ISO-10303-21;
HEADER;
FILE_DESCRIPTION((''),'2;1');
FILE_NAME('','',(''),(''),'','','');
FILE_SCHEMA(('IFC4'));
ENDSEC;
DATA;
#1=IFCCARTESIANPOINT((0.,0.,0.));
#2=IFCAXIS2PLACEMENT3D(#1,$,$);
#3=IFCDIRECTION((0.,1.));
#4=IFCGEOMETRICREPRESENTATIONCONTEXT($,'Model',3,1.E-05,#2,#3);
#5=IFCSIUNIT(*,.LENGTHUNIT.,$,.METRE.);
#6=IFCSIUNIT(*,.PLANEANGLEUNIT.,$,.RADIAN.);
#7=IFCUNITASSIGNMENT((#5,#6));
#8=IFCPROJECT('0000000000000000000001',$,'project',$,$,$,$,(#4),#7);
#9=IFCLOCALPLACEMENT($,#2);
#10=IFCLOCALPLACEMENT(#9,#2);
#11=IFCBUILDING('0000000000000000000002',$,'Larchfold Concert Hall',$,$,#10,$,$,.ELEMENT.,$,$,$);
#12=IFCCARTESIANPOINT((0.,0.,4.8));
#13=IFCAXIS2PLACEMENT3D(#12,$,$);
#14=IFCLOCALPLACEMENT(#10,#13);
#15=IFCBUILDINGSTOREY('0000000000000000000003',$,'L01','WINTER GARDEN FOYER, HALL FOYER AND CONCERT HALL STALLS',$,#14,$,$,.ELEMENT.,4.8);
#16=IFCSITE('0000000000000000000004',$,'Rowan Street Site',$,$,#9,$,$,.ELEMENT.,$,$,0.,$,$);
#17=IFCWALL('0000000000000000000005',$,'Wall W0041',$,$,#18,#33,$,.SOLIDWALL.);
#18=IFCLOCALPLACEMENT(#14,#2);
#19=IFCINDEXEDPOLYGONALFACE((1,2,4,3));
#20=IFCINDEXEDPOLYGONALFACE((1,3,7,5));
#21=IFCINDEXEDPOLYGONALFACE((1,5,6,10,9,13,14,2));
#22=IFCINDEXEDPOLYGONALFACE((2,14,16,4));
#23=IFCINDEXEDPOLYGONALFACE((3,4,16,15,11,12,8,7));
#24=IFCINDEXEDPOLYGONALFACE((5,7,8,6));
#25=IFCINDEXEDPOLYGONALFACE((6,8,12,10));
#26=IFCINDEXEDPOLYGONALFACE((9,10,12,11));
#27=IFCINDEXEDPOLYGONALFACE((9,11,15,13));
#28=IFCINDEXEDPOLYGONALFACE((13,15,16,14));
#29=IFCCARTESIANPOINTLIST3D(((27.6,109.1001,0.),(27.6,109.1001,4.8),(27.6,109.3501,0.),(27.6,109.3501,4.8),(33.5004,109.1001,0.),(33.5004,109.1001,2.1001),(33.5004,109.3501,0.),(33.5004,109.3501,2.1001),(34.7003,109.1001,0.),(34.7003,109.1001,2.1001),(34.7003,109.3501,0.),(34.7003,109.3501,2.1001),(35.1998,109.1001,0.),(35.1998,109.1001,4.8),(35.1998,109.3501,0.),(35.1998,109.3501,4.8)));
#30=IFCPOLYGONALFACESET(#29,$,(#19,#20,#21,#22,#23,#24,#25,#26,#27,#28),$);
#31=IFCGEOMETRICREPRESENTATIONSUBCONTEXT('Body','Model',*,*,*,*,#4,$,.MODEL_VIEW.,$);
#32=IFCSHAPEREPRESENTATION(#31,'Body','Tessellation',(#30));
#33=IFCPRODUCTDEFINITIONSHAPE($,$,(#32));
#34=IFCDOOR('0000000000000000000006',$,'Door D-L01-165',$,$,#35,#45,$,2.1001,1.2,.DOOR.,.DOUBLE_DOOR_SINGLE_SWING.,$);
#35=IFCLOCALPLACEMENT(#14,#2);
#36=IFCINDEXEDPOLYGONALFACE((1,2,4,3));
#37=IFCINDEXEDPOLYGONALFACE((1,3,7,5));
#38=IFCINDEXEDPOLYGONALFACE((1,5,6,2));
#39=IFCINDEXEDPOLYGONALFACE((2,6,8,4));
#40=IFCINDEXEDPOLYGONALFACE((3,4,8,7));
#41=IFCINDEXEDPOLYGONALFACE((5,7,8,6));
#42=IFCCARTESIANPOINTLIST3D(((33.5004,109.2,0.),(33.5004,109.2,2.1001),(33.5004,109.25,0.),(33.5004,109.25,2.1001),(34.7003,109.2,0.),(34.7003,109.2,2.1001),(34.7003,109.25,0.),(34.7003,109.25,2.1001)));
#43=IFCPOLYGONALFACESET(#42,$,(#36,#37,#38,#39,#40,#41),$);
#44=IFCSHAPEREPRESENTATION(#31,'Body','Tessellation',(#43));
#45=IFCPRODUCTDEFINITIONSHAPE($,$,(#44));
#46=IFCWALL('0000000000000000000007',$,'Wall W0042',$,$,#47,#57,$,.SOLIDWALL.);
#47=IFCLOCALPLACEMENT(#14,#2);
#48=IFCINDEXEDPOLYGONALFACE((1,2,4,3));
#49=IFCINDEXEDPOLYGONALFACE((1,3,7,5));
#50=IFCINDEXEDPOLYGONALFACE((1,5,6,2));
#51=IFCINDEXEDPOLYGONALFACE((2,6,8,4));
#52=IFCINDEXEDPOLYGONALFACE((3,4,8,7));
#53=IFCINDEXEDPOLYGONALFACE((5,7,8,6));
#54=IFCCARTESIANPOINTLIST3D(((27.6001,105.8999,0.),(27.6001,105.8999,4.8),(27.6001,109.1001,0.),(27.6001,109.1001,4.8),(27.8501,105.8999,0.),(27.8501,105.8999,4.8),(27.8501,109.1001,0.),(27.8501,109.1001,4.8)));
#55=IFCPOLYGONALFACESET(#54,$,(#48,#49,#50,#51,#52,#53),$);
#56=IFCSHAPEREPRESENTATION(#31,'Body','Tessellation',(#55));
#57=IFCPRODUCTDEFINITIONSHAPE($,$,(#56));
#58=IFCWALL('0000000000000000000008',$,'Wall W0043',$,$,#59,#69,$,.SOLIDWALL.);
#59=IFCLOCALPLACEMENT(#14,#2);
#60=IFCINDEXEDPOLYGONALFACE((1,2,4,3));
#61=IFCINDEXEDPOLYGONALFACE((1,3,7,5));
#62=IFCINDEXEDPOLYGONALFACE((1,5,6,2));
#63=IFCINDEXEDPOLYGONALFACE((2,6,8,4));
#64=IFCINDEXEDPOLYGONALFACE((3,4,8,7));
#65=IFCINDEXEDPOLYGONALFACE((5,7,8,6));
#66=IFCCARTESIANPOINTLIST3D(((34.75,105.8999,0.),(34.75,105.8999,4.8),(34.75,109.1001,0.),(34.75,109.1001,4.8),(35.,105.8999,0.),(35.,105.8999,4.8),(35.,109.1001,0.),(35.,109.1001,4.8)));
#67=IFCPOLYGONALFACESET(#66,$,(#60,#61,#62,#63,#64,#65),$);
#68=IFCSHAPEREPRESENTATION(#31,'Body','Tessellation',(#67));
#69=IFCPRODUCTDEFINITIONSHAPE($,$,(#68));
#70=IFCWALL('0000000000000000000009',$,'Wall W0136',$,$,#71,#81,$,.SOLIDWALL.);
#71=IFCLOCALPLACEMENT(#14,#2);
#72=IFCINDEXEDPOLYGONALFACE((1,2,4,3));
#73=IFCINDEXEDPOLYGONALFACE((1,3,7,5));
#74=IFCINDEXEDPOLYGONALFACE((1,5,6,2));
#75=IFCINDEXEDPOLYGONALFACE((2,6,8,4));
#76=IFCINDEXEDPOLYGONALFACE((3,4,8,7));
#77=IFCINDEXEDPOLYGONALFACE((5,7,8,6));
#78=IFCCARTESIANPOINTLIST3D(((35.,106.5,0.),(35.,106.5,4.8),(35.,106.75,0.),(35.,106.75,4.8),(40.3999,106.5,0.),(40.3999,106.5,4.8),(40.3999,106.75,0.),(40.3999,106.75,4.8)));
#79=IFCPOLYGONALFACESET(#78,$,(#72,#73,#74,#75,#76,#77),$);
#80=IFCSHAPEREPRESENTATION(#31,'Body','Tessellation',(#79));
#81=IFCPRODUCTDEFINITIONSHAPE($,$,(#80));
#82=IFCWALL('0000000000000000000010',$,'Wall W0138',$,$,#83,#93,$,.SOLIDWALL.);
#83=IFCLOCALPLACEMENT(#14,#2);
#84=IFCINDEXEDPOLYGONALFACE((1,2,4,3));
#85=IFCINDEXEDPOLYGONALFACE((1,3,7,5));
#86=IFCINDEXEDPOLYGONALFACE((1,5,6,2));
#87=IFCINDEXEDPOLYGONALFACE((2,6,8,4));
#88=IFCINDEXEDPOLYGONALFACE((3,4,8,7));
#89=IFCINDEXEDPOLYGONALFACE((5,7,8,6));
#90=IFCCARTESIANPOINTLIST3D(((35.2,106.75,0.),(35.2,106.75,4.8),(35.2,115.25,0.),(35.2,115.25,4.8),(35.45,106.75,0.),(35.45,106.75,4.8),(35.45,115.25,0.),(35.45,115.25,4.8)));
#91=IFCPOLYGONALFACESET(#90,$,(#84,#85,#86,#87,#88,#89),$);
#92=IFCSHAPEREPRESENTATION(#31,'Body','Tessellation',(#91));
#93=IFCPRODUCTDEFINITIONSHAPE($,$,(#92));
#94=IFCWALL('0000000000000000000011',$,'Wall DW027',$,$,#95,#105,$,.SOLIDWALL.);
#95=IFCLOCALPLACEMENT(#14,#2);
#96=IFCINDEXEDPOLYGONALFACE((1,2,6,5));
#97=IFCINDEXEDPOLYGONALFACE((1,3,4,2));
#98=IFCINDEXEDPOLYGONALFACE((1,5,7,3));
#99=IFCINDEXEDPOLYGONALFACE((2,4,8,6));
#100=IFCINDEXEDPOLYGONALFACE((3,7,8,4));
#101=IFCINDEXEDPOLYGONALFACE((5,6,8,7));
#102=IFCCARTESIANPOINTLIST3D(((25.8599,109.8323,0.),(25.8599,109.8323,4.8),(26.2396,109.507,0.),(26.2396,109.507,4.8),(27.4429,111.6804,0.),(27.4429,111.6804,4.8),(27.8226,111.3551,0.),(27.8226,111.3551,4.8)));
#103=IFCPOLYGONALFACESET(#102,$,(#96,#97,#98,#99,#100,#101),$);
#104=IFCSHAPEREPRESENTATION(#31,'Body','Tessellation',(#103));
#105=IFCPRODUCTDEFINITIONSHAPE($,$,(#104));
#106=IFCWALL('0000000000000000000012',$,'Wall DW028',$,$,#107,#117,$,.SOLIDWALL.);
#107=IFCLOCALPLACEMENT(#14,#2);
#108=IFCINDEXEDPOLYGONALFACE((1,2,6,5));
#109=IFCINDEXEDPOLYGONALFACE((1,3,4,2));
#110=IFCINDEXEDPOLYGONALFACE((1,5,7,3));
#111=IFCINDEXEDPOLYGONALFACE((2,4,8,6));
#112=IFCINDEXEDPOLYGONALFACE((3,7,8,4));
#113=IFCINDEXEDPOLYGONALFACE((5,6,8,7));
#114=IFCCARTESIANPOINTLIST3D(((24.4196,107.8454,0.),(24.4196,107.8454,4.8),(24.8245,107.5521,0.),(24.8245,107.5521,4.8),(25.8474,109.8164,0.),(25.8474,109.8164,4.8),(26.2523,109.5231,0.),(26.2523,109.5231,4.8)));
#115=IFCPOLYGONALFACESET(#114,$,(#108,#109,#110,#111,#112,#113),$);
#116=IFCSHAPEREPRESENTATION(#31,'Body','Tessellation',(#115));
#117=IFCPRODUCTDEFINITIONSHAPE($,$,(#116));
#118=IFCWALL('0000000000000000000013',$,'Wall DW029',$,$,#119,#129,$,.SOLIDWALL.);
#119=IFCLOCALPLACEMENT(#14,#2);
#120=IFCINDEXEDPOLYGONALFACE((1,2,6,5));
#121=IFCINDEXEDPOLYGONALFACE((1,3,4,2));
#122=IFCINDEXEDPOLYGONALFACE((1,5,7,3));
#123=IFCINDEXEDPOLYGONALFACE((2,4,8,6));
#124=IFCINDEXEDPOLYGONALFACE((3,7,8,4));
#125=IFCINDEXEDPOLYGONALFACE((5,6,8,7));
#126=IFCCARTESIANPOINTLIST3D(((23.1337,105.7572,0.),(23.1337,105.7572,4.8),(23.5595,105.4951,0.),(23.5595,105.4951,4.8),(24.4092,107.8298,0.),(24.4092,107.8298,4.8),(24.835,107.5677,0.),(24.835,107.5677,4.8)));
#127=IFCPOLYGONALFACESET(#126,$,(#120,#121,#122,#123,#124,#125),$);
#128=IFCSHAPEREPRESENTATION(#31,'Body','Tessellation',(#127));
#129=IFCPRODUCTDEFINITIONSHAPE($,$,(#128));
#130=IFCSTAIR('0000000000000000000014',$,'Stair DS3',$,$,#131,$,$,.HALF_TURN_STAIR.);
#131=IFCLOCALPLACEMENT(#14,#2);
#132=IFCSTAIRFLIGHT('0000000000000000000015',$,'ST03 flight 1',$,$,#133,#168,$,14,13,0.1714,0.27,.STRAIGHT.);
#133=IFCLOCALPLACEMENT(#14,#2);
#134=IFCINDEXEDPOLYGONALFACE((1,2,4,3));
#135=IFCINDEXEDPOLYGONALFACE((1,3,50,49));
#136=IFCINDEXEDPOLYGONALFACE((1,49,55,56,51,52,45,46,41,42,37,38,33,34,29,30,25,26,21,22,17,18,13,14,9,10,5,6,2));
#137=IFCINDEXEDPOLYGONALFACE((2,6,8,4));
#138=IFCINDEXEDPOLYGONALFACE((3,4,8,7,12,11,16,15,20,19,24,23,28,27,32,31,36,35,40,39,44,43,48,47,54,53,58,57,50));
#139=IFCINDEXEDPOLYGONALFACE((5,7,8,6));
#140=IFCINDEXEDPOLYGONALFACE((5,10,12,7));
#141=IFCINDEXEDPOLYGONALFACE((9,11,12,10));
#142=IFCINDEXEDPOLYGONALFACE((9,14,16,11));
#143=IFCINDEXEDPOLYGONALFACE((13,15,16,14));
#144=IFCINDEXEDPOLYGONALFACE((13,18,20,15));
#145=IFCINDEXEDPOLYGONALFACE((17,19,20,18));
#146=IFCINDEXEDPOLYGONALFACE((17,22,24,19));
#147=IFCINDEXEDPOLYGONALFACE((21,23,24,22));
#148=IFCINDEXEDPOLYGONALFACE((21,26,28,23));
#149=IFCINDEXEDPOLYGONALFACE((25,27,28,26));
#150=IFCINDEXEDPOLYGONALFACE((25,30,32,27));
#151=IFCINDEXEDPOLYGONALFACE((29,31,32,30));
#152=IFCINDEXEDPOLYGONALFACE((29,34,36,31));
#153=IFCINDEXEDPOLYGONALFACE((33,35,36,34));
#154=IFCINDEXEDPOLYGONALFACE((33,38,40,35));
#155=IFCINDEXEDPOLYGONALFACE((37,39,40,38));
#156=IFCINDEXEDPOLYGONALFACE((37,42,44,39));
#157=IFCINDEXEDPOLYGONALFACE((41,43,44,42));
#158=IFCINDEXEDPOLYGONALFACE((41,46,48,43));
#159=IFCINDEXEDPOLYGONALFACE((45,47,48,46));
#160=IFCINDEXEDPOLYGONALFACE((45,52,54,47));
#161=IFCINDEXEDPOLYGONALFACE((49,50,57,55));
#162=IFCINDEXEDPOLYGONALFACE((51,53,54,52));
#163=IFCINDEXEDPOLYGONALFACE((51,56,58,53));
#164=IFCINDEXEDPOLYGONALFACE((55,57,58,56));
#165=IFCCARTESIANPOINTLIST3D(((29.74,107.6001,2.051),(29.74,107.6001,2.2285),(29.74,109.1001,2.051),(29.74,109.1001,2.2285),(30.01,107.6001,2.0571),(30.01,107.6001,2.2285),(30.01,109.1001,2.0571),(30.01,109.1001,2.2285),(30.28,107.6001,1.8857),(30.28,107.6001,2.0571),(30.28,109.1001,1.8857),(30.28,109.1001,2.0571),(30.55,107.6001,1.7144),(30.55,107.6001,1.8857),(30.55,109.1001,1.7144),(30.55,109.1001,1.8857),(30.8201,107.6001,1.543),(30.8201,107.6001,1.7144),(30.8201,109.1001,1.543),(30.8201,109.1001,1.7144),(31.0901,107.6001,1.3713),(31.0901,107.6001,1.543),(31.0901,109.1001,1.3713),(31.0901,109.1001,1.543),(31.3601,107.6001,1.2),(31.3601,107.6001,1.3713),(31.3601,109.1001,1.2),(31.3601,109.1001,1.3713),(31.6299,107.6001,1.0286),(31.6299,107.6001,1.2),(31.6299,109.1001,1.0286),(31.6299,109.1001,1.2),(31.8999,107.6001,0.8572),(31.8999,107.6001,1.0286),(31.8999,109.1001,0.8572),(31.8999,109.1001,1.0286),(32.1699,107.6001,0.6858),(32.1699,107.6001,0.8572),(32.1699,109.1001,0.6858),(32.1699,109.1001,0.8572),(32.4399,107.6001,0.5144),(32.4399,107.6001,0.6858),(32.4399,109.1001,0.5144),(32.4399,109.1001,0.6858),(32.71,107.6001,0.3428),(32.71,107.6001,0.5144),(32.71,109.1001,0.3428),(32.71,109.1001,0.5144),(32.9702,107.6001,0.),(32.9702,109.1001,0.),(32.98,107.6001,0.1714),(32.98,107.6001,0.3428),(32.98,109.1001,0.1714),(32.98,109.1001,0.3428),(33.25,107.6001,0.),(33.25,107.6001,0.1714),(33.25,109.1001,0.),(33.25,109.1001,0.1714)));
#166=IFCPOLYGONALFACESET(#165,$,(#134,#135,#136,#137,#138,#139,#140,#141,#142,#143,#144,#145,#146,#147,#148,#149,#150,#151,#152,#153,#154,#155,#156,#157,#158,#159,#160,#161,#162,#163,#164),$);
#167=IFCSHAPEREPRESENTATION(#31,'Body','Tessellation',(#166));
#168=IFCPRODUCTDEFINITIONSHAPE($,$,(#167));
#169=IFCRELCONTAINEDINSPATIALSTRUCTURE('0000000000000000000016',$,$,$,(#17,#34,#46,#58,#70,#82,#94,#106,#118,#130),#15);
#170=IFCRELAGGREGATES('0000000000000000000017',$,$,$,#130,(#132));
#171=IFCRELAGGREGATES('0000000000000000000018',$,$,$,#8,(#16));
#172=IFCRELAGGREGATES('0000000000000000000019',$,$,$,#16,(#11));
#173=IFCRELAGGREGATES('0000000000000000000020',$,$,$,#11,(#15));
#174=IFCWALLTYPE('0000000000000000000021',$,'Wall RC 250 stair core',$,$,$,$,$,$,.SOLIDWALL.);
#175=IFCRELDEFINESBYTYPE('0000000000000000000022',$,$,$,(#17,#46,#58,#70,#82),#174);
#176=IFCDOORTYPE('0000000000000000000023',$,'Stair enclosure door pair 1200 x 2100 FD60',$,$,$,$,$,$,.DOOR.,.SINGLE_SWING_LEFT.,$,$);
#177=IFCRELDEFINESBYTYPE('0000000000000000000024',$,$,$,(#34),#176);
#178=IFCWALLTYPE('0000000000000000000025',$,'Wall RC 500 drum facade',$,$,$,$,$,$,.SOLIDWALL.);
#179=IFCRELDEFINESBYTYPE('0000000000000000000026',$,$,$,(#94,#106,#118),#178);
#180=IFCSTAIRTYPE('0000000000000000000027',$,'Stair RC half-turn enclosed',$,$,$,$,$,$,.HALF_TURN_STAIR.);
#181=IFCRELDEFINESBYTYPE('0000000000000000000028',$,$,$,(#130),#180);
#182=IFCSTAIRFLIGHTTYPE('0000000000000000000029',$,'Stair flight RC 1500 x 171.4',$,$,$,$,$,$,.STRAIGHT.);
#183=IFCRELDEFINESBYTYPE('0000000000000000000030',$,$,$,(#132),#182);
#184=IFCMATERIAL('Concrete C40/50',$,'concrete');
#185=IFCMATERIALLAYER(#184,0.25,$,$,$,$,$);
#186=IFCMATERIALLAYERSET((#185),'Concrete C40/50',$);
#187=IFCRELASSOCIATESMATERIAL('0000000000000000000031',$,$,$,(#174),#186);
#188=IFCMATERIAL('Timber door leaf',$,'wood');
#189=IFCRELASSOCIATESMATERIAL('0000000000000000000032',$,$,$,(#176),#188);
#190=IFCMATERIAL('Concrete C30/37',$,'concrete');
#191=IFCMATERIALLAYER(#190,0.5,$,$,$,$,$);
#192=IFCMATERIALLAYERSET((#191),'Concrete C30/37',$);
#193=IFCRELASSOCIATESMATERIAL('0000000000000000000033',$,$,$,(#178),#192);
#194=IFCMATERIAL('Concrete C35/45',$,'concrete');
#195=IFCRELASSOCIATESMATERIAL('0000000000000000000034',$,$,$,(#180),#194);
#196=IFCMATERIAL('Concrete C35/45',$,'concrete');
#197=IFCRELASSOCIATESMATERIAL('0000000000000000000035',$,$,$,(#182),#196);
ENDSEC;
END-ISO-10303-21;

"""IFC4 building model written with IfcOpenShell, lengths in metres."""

from ifc_helpers import new_model, si_unit, direction, frame, frame_2d, origin, place, context, subcontext, project, spatial, polyline, rectangle, outline, extrude, material, layer, layer_set, type_object, element, fill, aggregate, save


model = new_model("IFC4")

# Units and contexts
model_context = context("Model", 3, precision=1e-05, world=origin(), true_north=direction((0.0, 1.0)))
body_context = subcontext(model_context, "Body", "Model", "MODEL_VIEW")
ifc_project = project(units=[si_unit("LENGTHUNIT", "METRE"), si_unit("PLANEANGLEUNIT", "RADIAN")], contexts=[model_context])

# Site, building, storey
site_placement = place(None, origin())
site = spatial("IfcSite", under=ifc_project, at=site_placement, Name="Rowan Street Site", CompositionType="ELEMENT", RefElevation=0.0)
building_placement = place(site_placement, origin())
building = spatial("IfcBuilding", under=site, at=building_placement, Name="Larchfold Concert Hall", CompositionType="ELEMENT")
storey_placement = place(building_placement, frame((0.0, 0.0, 4.8)))
storey = spatial("IfcBuildingStorey", under=building, at=storey_placement, Name="L01", Description="WINTER GARDEN FOYER, HALL FOYER AND CONCERT HALL STALLS", CompositionType="ELEMENT", Elevation=4.8)

# Shared definitions
ifc_material_1 = material(Name="Concrete C40/50", Category="concrete")
ifc_layer_1 = layer(ifc_material_1, 0.25)
ifc_layer_set_1 = layer_set([ifc_layer_1], Name="Concrete C40/50")
wall_type_1 = type_object("IfcWallType", Name="Wall RC 250 stair core", PredefinedType="SOLIDWALL", material=ifc_layer_set_1)

# Wall, opening, door
wall_1_placement = place(storey_placement, frame((27.6001, 109.2251, 0.0), z_axis=(0.0, 0.0, 1.0), x_axis=(1.0, 0.0, 0.0)))
wall_1 = element("IfcWall", 1, at=wall_1_placement, inside=storey, type_object=wall_type_1, Name="Wall W0041", PredefinedType="SOLIDWALL", context=body_context, shape_type="SweptSolid", body=[
    extrude(rectangle(XDim=7.5999, YDim=0.25, at=frame_2d((3.7998, 0.0))), origin(), (0.0, 0.0, 1.0), 4.8),
])
opening_1_placement = place(wall_1_placement, frame((5.9001, 0.0, 0.0)))
opening_1 = element("IfcOpeningElement", 2, at=opening_1_placement, cuts=wall_1, PredefinedType="OPENING", context=body_context, shape_type="SweptSolid", body=[
    extrude(rectangle(XDim=1.2, YDim=2.1001, at=frame_2d((0.6001, 1.05))), frame((0.0, 0.135, 0.0), z_axis=(0.0, -1.0, 0.0), x_axis=(1.0, 0.0, 0.0)), (0.0, 0.0, 1.0), 0.27),
])
ifc_material_2 = material(Name="Timber door leaf", Category="wood")
door_type_1 = type_object("IfcDoorType", Name="Stair enclosure door pair 1200 x 2100 FD60", OperationType="SINGLE_SWING_LEFT", PredefinedType="DOOR", material=ifc_material_2)
door_1_placement = place(opening_1_placement, origin())
door_1 = element("IfcDoor", 3, at=door_1_placement, inside=storey, type_object=door_type_1, Name="Door D-L01-165", OperationType="DOUBLE_DOOR_SINGLE_SWING", OverallHeight=2.1001, OverallWidth=1.2, PredefinedType="DOOR", context=body_context, shape_type="SweptSolid", body=[
    extrude(rectangle(XDim=1.2, YDim=2.1001, at=frame_2d((0.6001, 1.05))), frame((0.0, 0.0249, 0.0), z_axis=(0.0, -1.0, 0.0), x_axis=(1.0, 0.0, 0.0)), (0.0, 0.0, 1.0), 0.05),
])
fill(opening_1, door_1)

# Walls
for number, where, z_axis, x_axis, name in (
    (4, (27.7251, 105.8999, 0.0), (0.0, 0.0, 1.0), (0.0, 1.0, 0.0), "Wall W0042"),
    (5, (34.875, 105.8999, 0.0), (0.0, 0.0, 1.0), (0.0, 1.0, 0.0), "Wall W0043"),
):
    element("IfcWall", number, at=place(storey_placement, frame(where, z_axis=z_axis, x_axis=x_axis)), inside=storey, type_object=wall_type_1, Name=name, PredefinedType="SOLIDWALL", context=body_context, shape_type="SweptSolid", body=[
        extrude(rectangle(XDim=3.2002, YDim=0.25, at=frame_2d((1.6001, 0.0))), origin(), (0.0, 0.0, 1.0), 4.8),
    ])
wall_2_placement = place(storey_placement, frame((35.0, 106.625, 0.0), z_axis=(0.0, 0.0, 1.0), x_axis=(1.0, 0.0, 0.0)))
element("IfcWall", 6, at=wall_2_placement, inside=storey, type_object=wall_type_1, Name="Wall W0136", PredefinedType="SOLIDWALL", context=body_context, shape_type="SweptSolid", body=[
    extrude(rectangle(XDim=5.3999, YDim=0.25, at=frame_2d((2.7, 0.0))), origin(), (0.0, 0.0, 1.0), 4.8),
])
wall_3_placement = place(storey_placement, frame((35.325, 106.75, 0.0), z_axis=(0.0, 0.0, 1.0), x_axis=(0.0, 1.0, 0.0)))
element("IfcWall", 7, at=wall_3_placement, inside=storey, type_object=wall_type_1, Name="Wall W0138", PredefinedType="SOLIDWALL", context=body_context, shape_type="SweptSolid", body=[
    extrude(rectangle(XDim=8.5, YDim=0.25, at=frame_2d((4.25, 0.0))), origin(), (0.0, 0.0, 1.0), 4.8),
])
ifc_material_3 = material(Name="Concrete C30/37", Category="concrete")
ifc_layer_2 = layer(ifc_material_3, 0.5)
ifc_layer_set_2 = layer_set([ifc_layer_2], Name="Concrete C30/37")
wall_type_2 = type_object("IfcWallType", Name="Wall RC 500 drum facade", PredefinedType="SOLIDWALL", material=ifc_layer_set_2)
wall_4_placement = place(storey_placement, frame((27.6328, 111.5178, 0.0), z_axis=(0.0, 0.0, 1.0), x_axis=(-0.650527, -0.759483, 0.0)))
element("IfcWall", 8, at=wall_4_placement, inside=storey, type_object=wall_type_2, Name="Wall DW027", PredefinedType="SOLIDWALL", context=body_context, shape_type="SweptSolid", body=[
    extrude(rectangle(XDim=2.4333, YDim=0.5, at=frame_2d((1.2168, 0.0))), origin(), (0.0, 0.0, 1.0), 4.8),
])
wall_5_placement = place(storey_placement, frame((26.0498, 109.6697, 0.0), z_axis=(0.0, 0.0, 1.0), x_axis=(-0.586644, -0.809845, 0.0)))
element("IfcWall", 9, at=wall_5_placement, inside=storey, type_object=wall_type_2, Name="Wall DW028", PredefinedType="SOLIDWALL", context=body_context, shape_type="SweptSolid", body=[
    extrude(rectangle(XDim=2.4338, YDim=0.5, at=frame_2d((1.2168, 0.0))), origin(), (0.0, 0.0, 1.0), 4.8),
])
wall_6_placement = place(storey_placement, frame((24.6221, 107.6987, 0.0), z_axis=(0.0, 0.0, 1.0), x_axis=(-0.524097, -0.851658, 0.0)))
element("IfcWall", 10, at=wall_6_placement, inside=storey, type_object=wall_type_2, Name="Wall DW029", PredefinedType="SOLIDWALL", context=body_context, shape_type="SweptSolid", body=[
    extrude(rectangle(XDim=2.4336, YDim=0.5, at=frame_2d((1.2168, 0.0))), origin(), (0.0, 0.0, 1.0), 4.8),
])

# Stair, stair flight
ifc_material_4 = material(Name="Concrete C35/45", Category="concrete")
stair_type = type_object("IfcStairType", Name="Stair RC half-turn enclosed", PredefinedType="HALF_TURN_STAIR", material=ifc_material_4)
stair_placement = place(storey_placement, origin())
stair = element("IfcStair", 11, at=stair_placement, inside=storey, type_object=stair_type, Name="Stair DS3", PredefinedType="HALF_TURN_STAIR")
ifc_material_5 = material(Name="Concrete C35/45", Category="concrete")
stair_flight_type = type_object("IfcStairFlightType", Name="Stair flight RC 1500 x 171.4", PredefinedType="STRAIGHT", material=ifc_material_5)
stair_flight_1_placement = place(storey_placement, frame((33.25, 108.3501, 0.0), z_axis=(0.0, 0.0, 1.0), x_axis=(-1.0, 0.0, 0.0)))
stair_flight_1 = element("IfcStairFlight", 12, at=stair_flight_1_placement, type_object=stair_flight_type, Name="ST03 flight 1", NumberOfRisers=14, NumberOfTreads=13, PredefinedType="STRAIGHT", RiserHeight=0.1714, TreadLength=0.27, context=body_context, shape_type="SweptSolid", body=[
    extrude(outline(polyline([(0.0, 0.0), (0.0, 0.1714), (0.27, 0.1714), (0.27, 0.3428), (0.54, 0.3428), (0.54, 0.5144), (0.8101, 0.5144), (0.8101, 0.6858), (1.0801, 0.6858), (1.0801, 0.8572), (1.3501, 0.8572), (1.3501, 1.0286), (1.6201, 1.0286), (1.6201, 1.2), (1.8899, 1.2), (1.8899, 1.3713), (2.1599, 1.3713), (2.1599, 1.543), (2.4299, 1.543), (2.4299, 1.7144), (2.7, 1.7144), (2.7, 1.8857), (2.97, 1.8857), (2.97, 2.0571), (3.24, 2.0571), (3.24, 2.2285), (3.51, 2.2285), (3.51, 2.3999), (3.51, 2.051), (0.2798, 0.0), (0.0, 0.0)])), frame((0.0, 0.75, 0.0), z_axis=(0.0, -1.0, 0.0), x_axis=(1.0, 0.0, 0.0)), (0.0, 0.0, 1.0), 1.5),
])
aggregate(stair, [stair_flight_1])

save(model, "model.ifc")
